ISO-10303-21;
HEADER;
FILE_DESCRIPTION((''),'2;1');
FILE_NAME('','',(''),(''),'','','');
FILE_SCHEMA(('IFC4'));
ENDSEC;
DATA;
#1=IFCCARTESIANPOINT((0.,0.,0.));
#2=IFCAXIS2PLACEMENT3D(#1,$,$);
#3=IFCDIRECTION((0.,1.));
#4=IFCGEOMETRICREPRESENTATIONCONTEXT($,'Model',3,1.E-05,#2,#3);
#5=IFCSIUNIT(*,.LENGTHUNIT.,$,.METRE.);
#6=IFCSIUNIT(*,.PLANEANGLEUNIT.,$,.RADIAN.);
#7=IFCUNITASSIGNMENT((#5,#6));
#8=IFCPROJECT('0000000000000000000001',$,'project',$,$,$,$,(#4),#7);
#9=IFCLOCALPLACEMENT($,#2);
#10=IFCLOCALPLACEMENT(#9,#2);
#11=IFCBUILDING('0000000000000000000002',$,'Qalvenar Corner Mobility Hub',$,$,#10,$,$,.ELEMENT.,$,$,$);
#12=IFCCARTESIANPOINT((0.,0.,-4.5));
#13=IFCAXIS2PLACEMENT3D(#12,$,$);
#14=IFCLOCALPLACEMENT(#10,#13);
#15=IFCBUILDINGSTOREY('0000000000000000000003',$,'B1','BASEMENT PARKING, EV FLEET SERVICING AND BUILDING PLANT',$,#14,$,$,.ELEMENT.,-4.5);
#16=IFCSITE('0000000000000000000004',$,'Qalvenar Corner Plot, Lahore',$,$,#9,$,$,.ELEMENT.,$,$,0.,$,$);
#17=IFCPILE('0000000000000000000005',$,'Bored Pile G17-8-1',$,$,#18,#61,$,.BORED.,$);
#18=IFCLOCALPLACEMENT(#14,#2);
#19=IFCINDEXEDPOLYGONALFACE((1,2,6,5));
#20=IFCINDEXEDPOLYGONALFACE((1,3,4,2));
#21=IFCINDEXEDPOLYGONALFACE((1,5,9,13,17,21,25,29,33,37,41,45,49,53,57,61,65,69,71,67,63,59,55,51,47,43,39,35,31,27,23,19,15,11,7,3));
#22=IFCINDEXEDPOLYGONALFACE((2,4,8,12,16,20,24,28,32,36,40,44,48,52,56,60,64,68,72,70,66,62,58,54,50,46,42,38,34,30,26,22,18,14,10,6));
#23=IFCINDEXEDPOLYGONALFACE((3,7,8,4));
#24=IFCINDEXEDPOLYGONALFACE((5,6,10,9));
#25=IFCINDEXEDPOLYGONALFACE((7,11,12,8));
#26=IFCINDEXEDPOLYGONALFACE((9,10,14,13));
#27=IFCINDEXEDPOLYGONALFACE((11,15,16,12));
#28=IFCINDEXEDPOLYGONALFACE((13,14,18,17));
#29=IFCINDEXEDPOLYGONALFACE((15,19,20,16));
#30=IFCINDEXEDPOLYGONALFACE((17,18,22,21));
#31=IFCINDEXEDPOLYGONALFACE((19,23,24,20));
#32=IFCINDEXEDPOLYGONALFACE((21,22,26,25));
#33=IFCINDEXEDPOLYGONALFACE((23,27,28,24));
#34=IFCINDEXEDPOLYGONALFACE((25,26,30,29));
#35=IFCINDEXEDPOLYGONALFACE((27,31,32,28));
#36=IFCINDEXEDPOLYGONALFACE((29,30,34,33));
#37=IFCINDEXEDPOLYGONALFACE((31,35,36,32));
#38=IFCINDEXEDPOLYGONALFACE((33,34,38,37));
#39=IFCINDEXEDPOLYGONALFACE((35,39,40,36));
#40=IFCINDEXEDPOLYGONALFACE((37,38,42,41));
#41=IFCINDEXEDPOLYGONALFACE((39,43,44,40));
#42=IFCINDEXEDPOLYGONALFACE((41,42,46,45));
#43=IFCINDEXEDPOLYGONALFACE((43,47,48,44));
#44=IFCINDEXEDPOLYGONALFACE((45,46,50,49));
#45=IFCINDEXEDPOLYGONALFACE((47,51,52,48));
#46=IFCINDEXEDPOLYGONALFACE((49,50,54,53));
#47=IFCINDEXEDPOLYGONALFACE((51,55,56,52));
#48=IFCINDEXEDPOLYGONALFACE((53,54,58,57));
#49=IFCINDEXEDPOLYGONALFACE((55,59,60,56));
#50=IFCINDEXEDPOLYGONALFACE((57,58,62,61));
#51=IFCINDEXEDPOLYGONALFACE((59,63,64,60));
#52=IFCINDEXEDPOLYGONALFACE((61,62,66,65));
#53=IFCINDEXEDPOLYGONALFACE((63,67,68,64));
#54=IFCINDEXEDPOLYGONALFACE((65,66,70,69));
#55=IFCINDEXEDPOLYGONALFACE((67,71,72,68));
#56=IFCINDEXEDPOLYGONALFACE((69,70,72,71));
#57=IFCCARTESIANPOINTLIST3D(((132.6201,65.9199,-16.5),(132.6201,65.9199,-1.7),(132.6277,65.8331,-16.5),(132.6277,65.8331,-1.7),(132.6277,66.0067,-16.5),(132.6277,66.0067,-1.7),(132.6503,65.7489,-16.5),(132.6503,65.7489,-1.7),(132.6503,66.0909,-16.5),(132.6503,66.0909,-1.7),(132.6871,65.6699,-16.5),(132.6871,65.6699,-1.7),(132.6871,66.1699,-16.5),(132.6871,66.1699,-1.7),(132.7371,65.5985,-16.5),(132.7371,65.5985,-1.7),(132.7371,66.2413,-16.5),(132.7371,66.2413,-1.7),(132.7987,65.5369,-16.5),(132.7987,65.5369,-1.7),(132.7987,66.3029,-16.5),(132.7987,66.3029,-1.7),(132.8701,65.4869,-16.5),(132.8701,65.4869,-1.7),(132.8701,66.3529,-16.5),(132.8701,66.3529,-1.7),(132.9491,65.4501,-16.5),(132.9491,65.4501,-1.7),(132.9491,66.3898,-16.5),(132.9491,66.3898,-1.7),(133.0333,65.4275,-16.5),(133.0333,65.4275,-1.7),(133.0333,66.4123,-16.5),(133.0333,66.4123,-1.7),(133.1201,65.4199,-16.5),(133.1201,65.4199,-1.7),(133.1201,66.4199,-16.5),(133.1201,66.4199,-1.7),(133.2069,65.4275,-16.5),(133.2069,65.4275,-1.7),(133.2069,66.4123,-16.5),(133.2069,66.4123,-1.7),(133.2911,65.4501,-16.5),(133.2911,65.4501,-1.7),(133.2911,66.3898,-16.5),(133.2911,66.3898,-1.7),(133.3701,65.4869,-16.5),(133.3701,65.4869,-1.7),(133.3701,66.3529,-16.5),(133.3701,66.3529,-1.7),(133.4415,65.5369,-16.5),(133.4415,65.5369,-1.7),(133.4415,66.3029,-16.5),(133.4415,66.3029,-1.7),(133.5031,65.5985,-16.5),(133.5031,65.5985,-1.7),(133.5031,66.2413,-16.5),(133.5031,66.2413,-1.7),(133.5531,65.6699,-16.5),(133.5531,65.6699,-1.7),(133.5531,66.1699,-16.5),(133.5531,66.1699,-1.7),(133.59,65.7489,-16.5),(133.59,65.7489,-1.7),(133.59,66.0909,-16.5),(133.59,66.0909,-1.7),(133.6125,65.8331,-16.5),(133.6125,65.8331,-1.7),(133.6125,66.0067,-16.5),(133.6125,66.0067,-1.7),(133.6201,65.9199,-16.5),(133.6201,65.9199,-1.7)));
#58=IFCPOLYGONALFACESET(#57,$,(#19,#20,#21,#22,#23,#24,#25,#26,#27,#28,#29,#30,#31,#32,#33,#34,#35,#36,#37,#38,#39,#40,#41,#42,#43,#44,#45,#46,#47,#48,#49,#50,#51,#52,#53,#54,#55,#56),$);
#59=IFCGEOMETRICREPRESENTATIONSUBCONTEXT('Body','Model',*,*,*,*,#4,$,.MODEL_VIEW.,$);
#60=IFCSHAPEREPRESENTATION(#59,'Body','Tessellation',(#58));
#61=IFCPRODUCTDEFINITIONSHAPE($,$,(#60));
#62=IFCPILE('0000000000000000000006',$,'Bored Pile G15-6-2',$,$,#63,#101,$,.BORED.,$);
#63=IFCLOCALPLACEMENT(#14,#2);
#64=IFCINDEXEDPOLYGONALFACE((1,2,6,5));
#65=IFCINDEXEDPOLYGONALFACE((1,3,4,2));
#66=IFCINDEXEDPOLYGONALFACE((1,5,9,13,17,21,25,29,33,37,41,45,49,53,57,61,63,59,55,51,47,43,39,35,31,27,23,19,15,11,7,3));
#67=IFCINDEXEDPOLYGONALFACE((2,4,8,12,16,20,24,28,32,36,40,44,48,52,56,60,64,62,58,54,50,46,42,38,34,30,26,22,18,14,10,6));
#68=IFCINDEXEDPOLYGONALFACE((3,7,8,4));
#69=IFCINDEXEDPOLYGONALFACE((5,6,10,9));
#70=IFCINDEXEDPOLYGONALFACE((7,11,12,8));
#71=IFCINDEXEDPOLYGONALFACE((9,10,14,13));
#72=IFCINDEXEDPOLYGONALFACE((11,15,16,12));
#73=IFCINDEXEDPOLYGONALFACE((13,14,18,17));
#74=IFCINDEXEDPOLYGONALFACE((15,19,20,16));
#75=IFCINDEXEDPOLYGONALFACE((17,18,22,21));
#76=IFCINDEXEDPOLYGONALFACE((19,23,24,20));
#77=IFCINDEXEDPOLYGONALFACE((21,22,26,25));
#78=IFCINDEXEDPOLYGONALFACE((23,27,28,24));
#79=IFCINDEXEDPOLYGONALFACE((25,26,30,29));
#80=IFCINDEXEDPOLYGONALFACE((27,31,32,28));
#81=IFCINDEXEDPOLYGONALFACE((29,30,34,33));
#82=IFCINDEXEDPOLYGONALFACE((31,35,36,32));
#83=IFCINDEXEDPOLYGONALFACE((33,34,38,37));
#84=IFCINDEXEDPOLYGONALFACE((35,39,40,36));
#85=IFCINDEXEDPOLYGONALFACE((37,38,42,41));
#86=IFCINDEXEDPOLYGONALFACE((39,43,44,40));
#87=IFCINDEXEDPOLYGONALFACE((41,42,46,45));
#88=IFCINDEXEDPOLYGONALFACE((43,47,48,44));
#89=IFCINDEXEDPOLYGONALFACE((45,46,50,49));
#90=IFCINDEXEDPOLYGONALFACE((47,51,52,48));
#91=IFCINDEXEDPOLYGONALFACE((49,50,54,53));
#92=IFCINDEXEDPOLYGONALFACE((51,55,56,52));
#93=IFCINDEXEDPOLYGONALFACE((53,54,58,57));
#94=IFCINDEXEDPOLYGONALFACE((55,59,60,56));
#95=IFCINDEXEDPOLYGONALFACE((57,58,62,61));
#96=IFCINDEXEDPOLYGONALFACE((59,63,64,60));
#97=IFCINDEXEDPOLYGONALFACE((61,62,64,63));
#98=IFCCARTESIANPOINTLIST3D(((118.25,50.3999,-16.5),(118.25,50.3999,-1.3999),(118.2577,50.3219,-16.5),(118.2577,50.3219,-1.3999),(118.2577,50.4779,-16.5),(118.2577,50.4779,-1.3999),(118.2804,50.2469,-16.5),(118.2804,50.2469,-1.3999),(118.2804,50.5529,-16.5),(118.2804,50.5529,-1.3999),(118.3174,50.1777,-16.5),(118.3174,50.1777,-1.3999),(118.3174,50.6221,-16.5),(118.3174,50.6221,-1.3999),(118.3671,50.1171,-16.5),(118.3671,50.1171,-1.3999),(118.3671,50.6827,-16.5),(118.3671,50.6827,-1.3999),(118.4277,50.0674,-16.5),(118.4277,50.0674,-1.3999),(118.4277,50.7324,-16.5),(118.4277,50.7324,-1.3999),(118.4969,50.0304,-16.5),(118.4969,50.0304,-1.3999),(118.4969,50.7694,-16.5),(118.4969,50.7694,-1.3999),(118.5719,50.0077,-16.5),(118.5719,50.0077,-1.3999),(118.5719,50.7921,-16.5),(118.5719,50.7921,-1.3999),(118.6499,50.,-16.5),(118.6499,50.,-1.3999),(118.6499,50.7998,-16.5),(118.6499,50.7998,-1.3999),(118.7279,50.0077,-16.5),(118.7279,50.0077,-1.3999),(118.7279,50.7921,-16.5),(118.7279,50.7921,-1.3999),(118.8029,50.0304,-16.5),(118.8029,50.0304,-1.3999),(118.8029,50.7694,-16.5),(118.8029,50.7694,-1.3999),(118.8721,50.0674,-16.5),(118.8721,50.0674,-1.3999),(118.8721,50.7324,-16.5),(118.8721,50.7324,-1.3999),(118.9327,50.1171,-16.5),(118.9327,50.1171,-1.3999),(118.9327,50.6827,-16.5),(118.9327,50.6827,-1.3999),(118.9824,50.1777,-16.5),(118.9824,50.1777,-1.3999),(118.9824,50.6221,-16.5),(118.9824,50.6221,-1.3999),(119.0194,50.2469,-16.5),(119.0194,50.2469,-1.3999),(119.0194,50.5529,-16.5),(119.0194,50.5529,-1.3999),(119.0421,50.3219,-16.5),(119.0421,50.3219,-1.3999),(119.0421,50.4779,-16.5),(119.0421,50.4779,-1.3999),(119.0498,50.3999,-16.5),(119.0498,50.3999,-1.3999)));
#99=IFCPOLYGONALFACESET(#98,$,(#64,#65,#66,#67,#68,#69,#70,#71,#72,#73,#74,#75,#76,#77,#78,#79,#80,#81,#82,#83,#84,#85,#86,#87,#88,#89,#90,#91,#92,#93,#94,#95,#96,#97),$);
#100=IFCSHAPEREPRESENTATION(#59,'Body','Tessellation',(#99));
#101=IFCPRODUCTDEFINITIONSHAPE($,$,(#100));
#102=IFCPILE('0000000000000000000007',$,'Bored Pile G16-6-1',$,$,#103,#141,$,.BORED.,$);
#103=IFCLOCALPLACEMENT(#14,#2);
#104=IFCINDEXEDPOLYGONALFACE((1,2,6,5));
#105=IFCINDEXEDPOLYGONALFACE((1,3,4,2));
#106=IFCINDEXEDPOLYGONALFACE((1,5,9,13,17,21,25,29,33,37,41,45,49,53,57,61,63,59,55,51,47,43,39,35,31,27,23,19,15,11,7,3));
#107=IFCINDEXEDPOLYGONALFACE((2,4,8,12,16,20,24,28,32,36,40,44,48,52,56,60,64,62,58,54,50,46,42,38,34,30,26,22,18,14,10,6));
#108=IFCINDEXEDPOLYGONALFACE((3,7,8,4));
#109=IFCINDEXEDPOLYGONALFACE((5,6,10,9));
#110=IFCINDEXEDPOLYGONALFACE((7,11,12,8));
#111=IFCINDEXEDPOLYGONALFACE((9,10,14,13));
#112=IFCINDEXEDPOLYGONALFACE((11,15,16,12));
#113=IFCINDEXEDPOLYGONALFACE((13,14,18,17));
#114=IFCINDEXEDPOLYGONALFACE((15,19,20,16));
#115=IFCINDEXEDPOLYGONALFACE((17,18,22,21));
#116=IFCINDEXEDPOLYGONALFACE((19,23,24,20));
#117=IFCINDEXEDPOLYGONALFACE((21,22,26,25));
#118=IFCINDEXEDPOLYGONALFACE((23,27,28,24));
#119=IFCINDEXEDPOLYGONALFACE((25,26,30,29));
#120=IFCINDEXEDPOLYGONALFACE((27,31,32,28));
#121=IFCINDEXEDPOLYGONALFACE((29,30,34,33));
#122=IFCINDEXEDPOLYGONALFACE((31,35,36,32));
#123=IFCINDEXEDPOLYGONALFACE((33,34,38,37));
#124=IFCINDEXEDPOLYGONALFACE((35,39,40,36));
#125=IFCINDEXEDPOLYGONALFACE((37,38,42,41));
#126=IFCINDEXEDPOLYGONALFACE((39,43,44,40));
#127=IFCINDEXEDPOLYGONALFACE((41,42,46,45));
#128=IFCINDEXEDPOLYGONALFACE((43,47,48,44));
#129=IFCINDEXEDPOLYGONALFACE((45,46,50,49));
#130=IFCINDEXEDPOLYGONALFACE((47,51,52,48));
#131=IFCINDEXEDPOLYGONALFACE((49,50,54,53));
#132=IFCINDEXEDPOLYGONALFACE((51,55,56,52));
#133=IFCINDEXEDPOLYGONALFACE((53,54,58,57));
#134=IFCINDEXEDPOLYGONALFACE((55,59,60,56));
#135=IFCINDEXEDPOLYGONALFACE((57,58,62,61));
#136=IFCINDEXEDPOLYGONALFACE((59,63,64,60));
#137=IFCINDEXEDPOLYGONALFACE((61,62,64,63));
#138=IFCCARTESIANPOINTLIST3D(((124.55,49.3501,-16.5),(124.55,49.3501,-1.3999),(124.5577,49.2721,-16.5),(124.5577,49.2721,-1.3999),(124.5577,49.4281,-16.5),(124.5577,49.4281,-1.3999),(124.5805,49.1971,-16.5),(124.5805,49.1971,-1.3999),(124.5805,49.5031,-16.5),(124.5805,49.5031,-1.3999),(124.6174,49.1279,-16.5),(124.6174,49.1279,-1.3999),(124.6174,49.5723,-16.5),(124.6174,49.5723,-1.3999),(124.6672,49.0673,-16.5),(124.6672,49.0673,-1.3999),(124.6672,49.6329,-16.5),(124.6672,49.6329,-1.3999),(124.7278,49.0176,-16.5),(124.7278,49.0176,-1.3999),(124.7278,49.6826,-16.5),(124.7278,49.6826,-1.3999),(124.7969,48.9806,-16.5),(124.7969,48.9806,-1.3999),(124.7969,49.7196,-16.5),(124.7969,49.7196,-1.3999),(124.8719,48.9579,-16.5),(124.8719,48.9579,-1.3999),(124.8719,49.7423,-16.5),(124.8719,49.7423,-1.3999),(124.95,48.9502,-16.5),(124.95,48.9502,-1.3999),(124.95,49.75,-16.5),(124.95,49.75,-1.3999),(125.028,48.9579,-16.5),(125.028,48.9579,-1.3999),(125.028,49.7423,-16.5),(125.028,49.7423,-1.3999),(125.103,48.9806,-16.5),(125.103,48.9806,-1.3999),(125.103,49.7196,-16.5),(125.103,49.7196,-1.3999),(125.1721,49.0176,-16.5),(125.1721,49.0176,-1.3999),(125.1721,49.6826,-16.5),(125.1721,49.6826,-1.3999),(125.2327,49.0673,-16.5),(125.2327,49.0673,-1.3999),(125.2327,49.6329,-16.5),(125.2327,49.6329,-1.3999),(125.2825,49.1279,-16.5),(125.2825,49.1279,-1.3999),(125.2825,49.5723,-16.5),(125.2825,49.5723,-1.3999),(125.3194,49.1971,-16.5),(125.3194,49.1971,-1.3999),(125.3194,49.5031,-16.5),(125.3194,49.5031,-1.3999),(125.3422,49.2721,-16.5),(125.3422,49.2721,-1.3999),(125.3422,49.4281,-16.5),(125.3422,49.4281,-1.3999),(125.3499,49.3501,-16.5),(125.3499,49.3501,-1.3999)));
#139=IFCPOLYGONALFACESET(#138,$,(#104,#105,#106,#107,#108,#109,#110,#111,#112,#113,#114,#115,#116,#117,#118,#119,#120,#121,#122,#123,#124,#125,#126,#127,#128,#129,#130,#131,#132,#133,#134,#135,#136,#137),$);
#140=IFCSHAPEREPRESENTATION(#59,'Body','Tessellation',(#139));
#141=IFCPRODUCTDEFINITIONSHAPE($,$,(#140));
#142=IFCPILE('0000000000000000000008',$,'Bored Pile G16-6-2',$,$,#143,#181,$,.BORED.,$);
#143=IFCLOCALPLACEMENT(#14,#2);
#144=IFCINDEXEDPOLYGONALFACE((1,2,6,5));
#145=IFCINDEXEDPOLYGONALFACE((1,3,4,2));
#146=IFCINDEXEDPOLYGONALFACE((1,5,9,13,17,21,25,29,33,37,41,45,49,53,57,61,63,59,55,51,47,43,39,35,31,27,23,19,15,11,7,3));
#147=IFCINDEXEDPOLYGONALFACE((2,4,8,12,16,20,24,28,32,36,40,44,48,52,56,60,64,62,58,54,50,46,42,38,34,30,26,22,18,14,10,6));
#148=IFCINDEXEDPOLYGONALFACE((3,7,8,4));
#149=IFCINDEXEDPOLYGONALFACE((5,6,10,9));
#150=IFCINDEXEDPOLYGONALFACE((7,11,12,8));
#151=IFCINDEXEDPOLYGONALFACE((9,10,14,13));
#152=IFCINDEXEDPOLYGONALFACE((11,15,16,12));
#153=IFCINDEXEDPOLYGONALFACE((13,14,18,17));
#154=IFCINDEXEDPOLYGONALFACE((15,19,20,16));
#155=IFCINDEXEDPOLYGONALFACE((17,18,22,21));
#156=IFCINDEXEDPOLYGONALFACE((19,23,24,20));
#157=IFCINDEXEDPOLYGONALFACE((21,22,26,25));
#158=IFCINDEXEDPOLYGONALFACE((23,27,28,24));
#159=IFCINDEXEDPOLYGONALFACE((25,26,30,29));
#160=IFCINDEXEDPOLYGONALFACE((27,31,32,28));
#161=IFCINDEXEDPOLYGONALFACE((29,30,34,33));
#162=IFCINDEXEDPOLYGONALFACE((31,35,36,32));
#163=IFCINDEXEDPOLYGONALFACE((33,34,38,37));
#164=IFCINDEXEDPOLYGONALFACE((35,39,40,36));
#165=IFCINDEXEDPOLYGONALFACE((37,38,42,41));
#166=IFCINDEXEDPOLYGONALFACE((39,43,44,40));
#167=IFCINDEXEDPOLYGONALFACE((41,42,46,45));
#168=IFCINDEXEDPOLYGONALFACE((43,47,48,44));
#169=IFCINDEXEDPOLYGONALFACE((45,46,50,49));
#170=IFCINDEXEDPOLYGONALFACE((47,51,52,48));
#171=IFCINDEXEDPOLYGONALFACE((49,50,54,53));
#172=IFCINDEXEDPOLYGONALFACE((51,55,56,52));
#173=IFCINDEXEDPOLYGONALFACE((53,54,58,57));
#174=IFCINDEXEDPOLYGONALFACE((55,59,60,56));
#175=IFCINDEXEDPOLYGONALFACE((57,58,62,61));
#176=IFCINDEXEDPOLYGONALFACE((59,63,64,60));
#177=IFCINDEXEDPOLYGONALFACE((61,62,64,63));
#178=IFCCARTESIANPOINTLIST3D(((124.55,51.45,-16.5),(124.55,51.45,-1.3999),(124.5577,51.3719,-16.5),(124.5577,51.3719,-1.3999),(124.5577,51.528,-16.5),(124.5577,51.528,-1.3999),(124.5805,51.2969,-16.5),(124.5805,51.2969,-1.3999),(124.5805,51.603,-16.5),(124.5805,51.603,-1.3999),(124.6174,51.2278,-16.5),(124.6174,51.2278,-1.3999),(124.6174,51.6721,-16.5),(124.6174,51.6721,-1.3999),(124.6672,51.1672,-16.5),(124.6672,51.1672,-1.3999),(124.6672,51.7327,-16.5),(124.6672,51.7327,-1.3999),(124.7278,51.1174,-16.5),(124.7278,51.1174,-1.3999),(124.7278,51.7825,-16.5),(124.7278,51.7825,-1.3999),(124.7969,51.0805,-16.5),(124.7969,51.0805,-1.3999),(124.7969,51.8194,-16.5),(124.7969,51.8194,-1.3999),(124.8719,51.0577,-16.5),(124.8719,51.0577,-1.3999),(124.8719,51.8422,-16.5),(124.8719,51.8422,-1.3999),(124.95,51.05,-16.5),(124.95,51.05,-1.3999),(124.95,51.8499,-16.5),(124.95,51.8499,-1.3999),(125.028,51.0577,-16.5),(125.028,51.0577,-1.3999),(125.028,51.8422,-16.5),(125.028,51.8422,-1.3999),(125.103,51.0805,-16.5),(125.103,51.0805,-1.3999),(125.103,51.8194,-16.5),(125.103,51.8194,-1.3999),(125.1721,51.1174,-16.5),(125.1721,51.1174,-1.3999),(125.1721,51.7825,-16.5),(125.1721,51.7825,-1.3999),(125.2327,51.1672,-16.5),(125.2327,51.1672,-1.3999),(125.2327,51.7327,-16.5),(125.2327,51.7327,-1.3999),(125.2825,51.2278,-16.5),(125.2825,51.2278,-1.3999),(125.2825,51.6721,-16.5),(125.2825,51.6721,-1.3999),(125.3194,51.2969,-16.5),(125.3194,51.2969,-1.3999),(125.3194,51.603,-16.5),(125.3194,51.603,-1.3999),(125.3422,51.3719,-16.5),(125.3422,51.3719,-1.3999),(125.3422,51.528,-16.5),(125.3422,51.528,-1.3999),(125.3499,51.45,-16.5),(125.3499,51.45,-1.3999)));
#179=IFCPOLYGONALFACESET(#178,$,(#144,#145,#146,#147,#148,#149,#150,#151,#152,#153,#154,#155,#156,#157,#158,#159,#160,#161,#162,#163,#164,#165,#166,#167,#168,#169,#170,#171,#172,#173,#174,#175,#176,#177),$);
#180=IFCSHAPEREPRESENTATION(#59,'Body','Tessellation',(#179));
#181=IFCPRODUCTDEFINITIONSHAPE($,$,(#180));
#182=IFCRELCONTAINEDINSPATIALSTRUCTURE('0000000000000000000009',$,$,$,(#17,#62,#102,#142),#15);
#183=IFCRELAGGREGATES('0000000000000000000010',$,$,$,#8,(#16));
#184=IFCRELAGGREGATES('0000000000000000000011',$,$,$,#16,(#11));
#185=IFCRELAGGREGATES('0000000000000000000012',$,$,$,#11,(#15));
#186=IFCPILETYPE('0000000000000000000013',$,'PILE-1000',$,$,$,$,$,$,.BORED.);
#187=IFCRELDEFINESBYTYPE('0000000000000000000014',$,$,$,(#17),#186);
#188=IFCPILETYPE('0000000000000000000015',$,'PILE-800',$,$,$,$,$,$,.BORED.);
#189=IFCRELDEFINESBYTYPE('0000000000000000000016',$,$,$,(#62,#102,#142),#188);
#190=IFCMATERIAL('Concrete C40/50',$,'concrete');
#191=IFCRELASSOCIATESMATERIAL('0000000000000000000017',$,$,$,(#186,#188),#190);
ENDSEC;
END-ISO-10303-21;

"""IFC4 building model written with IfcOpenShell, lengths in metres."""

from ifc_helpers import new_model, si_unit, direction, frame, origin, origin_2d, place, context, subcontext, project, spatial, circle, extrude, material, material_profile, profile_set, type_object, element, save


model = new_model("IFC4")

# Units and contexts
model_context = context("Model", 3, precision=1e-05, world=origin(), true_north=direction((0.0, 1.0)))
body_context = subcontext(model_context, "Body", "Model", "MODEL_VIEW")
ifc_project = project(units=[si_unit("LENGTHUNIT", "METRE"), si_unit("PLANEANGLEUNIT", "RADIAN")], contexts=[model_context])

# Site, building, storey
site_placement = place(None, origin())
site = spatial("IfcSite", under=ifc_project, at=site_placement, Name="Qalvenar Corner Plot, Lahore", CompositionType="ELEMENT", RefElevation=0.0)
building_placement = place(site_placement, origin())
building = spatial("IfcBuilding", under=site, at=building_placement, Name="Qalvenar Corner Mobility Hub", CompositionType="ELEMENT")
storey_placement = place(building_placement, frame((0.0, 0.0, -4.5)))
storey = spatial("IfcBuildingStorey", under=building, at=storey_placement, Name="B1", Description="BASEMENT PARKING, EV FLEET SERVICING AND BUILDING PLANT", CompositionType="ELEMENT", Elevation=-4.5)

# Shared definitions
ifc_material_1 = material(Name="Concrete C40/50", Category="concrete")

# Piles
ifc_material_profile_1 = material_profile(ifc_material_1, circle(Radius=0.5, at=origin_2d()), Name="DIA1000")
ifc_profile_set_1 = profile_set([ifc_material_profile_1], Name="Concrete C40/50")
pile_type_1 = type_object("IfcPileType", Name="PILE-1000", PredefinedType="BORED", material=ifc_profile_set_1)
for number, where, z_axis, x_axis, name in (
    (1, (133.1201, 65.9199, -1.7), (0.0, 0.0, -1.0), (1.0, 0.0, 0.0), "Bored Pile G17-8-1"),
):
    element("IfcPile", number, at=place(storey_placement, frame(where, z_axis=z_axis, x_axis=x_axis)), inside=storey, type_object=pile_type_1, Name=name, PredefinedType="BORED", context=body_context, shape_type="SweptSolid", body=[
        extrude(circle(Radius=0.5, at=origin_2d()), origin(), (0.0, 0.0, 1.0), 14.8),
    ])
ifc_material_profile_2 = material_profile(ifc_material_1, circle(Radius=0.3999, at=origin_2d()), Name="DIA800")
ifc_profile_set_2 = profile_set([ifc_material_profile_2], Name="Concrete C40/50")
pile_type_2 = type_object("IfcPileType", Name="PILE-800", PredefinedType="BORED", material=ifc_profile_set_2)
for number, where, z_axis, x_axis, name in (
    (2, (118.6499, 50.3999, -1.3999), (0.0, 0.0, -1.0), (1.0, 0.0, 0.0), "Bored Pile G15-6-2"),
    (3, (124.95, 49.3501, -1.3999), (0.0, 0.0, -1.0), (1.0, 0.0, 0.0), "Bored Pile G16-6-1"),
    (4, (124.95, 51.45, -1.3999), (0.0, 0.0, -1.0), (1.0, 0.0, 0.0), "Bored Pile G16-6-2"),
):
    element("IfcPile", number, at=place(storey_placement, frame(where, z_axis=z_axis, x_axis=x_axis)), inside=storey, type_object=pile_type_2, Name=name, PredefinedType="BORED", context=body_context, shape_type="SweptSolid", body=[
        extrude(circle(Radius=0.3999, at=origin_2d()), origin(), (0.0, 0.0, 1.0), 15.1001),
    ])

save(model, "model.ifc")
